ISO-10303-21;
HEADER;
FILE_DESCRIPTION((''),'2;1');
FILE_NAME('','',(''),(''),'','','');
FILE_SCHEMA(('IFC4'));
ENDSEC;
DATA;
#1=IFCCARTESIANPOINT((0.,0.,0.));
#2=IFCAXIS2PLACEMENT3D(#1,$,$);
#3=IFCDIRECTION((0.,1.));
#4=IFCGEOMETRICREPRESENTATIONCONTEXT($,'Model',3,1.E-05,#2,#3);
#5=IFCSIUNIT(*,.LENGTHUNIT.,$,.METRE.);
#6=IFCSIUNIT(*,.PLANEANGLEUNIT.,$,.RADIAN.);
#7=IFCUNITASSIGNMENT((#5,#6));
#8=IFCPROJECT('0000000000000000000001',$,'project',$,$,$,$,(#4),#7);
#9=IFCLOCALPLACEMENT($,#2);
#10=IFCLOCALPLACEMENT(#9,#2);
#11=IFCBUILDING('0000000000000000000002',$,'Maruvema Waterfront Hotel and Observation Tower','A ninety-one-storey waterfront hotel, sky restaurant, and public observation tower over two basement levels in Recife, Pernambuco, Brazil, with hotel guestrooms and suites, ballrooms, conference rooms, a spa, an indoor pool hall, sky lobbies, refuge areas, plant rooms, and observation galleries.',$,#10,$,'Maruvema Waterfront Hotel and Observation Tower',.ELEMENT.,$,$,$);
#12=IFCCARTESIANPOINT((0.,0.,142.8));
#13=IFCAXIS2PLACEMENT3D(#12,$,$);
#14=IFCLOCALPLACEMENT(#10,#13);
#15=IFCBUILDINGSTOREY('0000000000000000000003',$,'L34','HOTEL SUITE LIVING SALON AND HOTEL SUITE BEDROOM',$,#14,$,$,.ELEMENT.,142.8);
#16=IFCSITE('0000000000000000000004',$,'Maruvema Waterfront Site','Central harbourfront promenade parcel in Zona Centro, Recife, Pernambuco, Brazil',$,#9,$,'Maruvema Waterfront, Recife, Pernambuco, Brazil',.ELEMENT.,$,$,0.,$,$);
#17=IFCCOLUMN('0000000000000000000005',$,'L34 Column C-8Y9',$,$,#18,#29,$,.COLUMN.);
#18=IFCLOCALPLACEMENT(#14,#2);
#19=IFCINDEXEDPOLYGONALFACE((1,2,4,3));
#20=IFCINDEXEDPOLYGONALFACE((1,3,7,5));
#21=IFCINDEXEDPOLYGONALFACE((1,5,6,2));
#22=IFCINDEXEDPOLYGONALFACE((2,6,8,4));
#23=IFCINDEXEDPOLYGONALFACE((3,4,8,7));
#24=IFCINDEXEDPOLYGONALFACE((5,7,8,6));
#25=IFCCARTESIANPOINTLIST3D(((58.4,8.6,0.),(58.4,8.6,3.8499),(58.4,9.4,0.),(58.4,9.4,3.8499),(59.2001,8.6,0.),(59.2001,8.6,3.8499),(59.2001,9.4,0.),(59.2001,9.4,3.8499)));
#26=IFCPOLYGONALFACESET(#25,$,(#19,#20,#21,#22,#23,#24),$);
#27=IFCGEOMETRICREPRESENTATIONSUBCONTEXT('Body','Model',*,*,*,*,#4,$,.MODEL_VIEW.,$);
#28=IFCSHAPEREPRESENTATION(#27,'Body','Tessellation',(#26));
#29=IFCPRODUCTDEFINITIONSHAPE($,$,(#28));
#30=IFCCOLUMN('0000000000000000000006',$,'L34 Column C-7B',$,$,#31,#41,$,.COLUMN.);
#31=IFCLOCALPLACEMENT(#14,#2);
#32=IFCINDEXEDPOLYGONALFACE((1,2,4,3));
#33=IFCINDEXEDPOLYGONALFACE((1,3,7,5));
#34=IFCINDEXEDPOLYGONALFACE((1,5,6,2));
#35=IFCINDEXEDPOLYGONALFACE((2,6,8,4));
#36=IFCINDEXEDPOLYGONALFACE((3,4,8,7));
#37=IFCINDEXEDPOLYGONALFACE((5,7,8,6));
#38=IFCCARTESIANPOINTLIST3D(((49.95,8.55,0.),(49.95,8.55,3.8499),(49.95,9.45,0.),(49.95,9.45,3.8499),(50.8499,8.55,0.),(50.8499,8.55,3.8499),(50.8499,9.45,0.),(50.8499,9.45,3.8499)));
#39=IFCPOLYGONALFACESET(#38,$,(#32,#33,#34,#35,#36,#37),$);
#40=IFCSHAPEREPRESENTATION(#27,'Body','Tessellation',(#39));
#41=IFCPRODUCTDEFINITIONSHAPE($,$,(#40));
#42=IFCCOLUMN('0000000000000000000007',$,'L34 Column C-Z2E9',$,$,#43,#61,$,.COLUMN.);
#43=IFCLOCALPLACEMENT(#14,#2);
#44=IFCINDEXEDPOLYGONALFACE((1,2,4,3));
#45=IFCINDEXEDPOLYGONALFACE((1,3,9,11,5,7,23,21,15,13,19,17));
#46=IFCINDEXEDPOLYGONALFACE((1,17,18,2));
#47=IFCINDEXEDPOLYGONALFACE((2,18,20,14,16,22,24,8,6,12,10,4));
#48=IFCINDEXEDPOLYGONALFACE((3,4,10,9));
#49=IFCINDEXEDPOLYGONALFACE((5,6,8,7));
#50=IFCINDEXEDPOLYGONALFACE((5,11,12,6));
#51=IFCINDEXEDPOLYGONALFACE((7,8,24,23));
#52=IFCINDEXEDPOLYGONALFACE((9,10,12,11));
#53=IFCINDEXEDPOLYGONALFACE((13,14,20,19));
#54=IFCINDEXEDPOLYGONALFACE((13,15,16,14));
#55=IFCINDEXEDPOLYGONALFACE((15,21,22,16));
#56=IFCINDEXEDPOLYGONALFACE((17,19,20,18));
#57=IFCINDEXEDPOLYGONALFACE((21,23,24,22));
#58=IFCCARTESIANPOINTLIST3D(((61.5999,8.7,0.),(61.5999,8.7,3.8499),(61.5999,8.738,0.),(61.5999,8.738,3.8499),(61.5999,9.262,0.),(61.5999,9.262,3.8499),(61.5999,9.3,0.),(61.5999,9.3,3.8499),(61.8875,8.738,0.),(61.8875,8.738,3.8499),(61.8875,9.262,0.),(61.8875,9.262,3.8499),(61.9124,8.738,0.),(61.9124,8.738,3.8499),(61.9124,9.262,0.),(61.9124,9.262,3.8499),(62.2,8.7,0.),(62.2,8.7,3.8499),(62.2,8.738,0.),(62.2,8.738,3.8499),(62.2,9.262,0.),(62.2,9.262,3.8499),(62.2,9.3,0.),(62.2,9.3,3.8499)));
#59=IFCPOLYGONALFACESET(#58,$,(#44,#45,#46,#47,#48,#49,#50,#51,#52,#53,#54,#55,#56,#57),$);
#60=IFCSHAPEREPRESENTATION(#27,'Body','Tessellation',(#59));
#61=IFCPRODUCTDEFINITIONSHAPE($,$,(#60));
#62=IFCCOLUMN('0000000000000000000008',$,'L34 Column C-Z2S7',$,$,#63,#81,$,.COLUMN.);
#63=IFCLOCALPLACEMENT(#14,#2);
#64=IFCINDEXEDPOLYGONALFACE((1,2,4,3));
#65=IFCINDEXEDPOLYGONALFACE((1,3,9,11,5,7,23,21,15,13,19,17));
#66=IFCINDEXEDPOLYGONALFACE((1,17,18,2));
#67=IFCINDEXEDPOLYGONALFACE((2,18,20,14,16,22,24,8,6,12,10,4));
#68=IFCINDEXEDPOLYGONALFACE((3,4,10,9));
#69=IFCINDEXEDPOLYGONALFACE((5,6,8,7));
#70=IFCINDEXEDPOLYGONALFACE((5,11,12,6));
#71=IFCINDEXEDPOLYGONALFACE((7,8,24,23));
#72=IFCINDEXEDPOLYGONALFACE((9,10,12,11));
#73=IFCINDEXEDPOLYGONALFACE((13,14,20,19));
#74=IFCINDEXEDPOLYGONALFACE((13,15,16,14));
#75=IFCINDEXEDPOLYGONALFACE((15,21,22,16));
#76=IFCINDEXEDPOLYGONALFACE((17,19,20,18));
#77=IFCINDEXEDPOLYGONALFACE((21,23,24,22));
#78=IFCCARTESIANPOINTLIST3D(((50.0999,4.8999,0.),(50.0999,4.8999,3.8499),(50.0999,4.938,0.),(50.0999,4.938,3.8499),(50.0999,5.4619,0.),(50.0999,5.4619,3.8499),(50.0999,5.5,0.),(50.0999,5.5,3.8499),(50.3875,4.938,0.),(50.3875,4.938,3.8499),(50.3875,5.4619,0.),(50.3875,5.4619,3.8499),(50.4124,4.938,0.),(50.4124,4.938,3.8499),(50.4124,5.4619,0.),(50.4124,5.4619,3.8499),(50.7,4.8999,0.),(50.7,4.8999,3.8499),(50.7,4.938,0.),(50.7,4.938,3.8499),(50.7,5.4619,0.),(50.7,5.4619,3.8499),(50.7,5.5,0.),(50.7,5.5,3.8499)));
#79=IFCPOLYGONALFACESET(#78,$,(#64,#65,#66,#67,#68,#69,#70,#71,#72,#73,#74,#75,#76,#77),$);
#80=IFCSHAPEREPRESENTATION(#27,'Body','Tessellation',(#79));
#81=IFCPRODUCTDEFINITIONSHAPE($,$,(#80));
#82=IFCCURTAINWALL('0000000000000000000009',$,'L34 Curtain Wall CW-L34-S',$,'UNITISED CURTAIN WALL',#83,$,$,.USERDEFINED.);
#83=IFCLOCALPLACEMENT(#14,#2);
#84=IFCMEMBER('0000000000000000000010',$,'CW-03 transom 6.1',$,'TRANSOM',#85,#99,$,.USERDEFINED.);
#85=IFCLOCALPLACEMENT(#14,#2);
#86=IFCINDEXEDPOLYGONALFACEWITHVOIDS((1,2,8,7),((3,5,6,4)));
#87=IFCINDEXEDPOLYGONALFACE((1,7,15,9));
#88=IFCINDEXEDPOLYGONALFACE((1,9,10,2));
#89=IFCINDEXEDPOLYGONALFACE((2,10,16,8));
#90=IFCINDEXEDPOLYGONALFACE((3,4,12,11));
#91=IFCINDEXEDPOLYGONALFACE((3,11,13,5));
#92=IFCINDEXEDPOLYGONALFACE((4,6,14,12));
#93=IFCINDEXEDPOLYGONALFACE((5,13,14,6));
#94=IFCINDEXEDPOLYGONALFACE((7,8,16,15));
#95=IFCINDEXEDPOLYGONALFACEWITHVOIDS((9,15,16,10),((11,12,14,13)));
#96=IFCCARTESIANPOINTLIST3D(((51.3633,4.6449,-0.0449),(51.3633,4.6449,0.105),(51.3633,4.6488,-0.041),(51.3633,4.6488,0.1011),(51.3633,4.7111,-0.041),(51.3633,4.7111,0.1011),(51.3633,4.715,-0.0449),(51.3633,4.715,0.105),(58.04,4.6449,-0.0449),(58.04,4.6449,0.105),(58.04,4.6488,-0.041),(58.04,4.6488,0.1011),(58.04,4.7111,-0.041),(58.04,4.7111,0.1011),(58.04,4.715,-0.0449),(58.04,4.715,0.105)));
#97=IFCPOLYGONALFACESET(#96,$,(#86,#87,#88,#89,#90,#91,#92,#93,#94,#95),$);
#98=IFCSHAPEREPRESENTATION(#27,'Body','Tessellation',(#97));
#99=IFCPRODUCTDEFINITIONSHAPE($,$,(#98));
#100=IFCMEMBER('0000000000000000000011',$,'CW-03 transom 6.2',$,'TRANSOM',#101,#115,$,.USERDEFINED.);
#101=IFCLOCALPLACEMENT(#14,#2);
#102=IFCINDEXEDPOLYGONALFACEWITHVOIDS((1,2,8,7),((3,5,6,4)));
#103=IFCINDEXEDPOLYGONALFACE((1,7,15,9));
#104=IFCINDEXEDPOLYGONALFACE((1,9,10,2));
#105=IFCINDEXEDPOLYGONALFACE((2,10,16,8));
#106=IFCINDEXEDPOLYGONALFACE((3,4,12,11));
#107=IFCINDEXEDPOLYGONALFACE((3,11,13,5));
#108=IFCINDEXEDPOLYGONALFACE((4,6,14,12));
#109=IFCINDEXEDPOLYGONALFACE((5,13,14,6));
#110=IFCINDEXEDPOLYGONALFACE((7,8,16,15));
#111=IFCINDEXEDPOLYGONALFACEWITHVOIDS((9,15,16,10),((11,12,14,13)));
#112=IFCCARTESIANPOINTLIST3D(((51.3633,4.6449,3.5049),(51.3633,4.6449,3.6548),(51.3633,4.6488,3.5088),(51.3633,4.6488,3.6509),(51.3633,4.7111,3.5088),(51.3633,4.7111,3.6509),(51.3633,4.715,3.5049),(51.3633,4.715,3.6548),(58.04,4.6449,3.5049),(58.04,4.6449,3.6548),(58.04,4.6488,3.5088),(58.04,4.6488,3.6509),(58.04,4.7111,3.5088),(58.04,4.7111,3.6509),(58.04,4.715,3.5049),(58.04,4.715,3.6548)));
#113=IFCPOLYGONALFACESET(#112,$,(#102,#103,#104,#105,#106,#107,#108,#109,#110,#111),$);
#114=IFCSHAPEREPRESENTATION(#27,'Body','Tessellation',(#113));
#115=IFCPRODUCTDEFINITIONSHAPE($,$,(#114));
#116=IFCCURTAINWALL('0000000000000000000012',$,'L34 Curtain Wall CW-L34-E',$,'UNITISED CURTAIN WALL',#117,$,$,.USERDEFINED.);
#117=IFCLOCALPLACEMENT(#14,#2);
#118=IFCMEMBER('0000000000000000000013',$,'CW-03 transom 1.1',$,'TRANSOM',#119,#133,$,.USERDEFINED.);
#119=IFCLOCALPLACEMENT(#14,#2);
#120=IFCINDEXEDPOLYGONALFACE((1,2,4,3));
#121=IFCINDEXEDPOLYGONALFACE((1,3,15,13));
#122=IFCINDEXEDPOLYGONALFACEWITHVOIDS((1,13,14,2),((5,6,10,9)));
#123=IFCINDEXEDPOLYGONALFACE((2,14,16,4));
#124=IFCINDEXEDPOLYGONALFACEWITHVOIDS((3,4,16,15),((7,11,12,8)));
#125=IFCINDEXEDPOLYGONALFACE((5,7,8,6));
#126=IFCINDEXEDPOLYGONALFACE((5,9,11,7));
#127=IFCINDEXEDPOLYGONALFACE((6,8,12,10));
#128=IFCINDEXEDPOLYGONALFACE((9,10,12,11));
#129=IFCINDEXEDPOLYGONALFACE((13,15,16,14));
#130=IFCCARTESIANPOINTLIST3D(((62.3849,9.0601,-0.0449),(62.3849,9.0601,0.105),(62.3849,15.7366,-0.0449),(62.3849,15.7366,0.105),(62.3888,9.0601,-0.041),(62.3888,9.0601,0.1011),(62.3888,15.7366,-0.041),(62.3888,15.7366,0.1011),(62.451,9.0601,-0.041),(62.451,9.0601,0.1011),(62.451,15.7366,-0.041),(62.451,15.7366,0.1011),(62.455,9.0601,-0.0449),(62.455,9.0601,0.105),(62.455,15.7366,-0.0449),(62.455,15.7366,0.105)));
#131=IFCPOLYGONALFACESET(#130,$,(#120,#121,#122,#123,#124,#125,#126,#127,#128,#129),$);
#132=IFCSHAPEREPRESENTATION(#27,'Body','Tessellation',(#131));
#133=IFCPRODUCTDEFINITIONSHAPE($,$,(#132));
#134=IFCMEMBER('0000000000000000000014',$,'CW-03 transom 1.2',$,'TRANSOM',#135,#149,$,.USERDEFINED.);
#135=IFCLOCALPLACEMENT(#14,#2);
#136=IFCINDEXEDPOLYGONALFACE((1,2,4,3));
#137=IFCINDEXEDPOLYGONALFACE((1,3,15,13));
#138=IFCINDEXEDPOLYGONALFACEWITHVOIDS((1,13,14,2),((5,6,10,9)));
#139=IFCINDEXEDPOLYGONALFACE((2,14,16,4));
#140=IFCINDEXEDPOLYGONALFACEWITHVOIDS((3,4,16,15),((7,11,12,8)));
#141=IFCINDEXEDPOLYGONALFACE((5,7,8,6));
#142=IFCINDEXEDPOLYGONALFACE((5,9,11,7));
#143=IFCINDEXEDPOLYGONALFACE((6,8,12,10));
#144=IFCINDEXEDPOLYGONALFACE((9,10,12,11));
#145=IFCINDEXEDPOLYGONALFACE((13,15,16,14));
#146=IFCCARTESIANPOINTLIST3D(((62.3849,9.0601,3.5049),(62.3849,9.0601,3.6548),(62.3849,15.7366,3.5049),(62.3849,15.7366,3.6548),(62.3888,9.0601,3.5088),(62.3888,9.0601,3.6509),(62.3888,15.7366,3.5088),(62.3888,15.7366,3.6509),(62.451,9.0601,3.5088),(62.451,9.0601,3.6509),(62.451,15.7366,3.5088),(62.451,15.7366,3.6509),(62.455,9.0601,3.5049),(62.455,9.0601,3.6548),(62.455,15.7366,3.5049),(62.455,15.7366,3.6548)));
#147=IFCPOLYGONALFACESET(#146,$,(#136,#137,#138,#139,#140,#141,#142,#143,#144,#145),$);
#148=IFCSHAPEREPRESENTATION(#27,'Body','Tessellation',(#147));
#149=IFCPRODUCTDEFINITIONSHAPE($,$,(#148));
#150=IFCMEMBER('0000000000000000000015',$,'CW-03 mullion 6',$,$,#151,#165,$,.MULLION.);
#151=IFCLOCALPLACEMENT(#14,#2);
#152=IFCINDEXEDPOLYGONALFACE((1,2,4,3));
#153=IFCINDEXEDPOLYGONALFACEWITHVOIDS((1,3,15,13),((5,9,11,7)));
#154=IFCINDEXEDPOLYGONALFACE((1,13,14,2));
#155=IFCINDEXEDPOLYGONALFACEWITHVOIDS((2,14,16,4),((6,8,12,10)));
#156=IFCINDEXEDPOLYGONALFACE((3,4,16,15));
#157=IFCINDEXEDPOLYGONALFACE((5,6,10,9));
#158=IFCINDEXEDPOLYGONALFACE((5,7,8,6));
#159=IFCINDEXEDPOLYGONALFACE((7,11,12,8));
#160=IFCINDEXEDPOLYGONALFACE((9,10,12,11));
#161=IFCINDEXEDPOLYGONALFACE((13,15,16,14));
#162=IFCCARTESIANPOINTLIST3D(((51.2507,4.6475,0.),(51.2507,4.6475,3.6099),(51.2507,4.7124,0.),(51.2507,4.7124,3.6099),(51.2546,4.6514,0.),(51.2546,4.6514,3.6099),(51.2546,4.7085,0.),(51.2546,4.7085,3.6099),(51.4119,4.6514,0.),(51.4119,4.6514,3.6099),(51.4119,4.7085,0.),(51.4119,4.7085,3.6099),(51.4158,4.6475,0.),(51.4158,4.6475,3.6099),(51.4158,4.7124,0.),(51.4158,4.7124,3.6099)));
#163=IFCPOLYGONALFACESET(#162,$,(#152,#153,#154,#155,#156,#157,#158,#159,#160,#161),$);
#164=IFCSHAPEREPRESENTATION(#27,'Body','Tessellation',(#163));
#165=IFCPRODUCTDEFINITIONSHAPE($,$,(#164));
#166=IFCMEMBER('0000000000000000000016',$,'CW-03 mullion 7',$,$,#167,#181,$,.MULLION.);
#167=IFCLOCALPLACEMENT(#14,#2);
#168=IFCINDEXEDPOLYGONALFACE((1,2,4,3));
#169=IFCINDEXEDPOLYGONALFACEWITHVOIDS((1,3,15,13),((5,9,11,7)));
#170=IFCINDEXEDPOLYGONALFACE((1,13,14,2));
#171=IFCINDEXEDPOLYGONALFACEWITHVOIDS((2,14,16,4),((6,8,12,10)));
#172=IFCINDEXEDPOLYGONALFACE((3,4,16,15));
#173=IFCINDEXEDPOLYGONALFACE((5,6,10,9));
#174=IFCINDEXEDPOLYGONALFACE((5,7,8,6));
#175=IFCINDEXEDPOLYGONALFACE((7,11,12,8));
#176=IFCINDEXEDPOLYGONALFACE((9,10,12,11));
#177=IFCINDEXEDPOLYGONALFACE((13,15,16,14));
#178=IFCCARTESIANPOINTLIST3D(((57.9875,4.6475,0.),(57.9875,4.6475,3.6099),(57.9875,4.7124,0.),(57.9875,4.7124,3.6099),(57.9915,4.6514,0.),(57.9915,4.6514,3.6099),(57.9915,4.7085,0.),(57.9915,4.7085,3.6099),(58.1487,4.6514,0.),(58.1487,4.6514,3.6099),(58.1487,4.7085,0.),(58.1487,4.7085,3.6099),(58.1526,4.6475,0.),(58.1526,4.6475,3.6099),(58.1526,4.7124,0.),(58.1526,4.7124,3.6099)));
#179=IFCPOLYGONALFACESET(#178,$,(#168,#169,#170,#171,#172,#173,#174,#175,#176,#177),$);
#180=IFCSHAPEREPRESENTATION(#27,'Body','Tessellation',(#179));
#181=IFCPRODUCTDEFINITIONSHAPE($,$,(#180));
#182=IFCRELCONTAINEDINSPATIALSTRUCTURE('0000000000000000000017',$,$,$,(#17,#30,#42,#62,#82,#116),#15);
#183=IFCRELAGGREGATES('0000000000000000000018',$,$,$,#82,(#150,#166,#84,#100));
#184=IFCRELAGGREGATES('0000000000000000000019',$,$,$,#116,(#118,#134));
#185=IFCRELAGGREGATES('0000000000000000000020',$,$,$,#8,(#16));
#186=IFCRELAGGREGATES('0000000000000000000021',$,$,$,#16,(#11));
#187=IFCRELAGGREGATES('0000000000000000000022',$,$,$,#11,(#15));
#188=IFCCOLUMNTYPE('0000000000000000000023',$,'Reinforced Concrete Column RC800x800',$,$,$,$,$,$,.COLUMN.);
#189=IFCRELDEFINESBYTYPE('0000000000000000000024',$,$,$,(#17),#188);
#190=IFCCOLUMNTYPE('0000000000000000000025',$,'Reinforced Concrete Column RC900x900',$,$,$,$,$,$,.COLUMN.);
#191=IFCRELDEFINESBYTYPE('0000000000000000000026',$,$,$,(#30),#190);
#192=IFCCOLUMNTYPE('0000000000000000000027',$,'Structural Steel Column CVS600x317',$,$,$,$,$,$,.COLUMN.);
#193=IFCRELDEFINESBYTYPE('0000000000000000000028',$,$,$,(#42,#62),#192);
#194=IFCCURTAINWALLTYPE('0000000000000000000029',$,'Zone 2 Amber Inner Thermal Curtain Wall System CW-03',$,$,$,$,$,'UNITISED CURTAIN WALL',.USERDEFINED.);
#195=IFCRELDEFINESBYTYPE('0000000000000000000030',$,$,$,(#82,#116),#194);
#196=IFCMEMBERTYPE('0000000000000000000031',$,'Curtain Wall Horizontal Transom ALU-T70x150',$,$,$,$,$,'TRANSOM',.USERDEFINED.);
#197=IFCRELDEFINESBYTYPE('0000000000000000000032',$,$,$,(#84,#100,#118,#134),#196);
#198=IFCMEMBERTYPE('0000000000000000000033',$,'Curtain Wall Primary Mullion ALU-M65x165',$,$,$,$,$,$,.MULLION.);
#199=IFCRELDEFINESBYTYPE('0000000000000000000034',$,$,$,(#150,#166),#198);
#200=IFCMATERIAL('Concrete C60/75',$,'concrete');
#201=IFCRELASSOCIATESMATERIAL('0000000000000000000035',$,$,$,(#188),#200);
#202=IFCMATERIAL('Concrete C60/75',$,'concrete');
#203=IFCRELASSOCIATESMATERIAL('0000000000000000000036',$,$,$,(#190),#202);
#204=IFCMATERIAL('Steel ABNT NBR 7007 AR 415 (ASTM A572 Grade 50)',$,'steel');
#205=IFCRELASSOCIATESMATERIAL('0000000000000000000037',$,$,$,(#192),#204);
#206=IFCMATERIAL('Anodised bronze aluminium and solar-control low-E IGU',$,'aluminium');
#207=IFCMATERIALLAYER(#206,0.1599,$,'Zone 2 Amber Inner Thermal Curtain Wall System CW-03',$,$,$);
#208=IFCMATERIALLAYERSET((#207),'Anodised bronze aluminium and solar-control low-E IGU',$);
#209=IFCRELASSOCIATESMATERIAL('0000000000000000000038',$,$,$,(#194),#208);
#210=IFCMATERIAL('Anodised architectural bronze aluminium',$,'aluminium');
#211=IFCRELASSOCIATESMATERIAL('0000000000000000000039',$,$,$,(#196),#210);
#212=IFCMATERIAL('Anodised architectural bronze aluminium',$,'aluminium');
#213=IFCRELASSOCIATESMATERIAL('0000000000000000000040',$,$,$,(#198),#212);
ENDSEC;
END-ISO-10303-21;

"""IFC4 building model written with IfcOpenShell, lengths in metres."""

from ifc_helpers import new_model, si_unit, direction, frame, origin, origin_2d, place, context, subcontext, project, spatial, rectangle, hollow_rectangle, i_section, extrude, material, layer, layer_set, material_profile, profile_set, type_object, element, aggregate, save


model = new_model("IFC4")

# Units and contexts
model_context = context("Model", 3, precision=1e-05, world=origin(), true_north=direction((0.0, 1.0)))
body_context = subcontext(model_context, "Body", "Model", "MODEL_VIEW")
ifc_project = project(units=[si_unit("LENGTHUNIT", "METRE"), si_unit("PLANEANGLEUNIT", "RADIAN")], contexts=[model_context])

# Site, building, storey
site_placement = place(None, origin())
site = spatial("IfcSite", under=ifc_project, at=site_placement, Name="Maruvema Waterfront Site", Description="Central harbourfront promenade parcel in Zona Centro, Recife, Pernambuco, Brazil", LongName="Maruvema Waterfront, Recife, Pernambuco, Brazil", CompositionType="ELEMENT", RefElevation=0.0)
building_placement = place(site_placement, origin())
building = spatial("IfcBuilding", under=site, at=building_placement, Name="Maruvema Waterfront Hotel and Observation Tower", Description="A ninety-one-storey waterfront hotel, sky restaurant, and public observation tower over two basement levels in Recife, Pernambuco, Brazil, with hotel guestrooms and suites, ballrooms, conference rooms, a spa, an indoor pool hall, sky lobbies, refuge areas, plant rooms, and observation galleries.", LongName="Maruvema Waterfront Hotel and Observation Tower", CompositionType="ELEMENT")
storey_placement = place(building_placement, frame((0.0, 0.0, 142.8)))
storey = spatial("IfcBuildingStorey", under=building, at=storey_placement, Name="L34", Description="HOTEL SUITE LIVING SALON AND HOTEL SUITE BEDROOM", CompositionType="ELEMENT", Elevation=142.8)

# Columns
ifc_material_1 = material(Name="Concrete C60/75", Category="concrete")
ifc_material_profile_1 = material_profile(ifc_material_1, rectangle(XDim=0.8, YDim=0.8, at=origin_2d()), Name="RC800x800")
ifc_profile_set_1 = profile_set([ifc_material_profile_1], Name="Concrete C60/75")
column_type_1 = type_object("IfcColumnType", Name="Reinforced Concrete Column RC800x800", PredefinedType="COLUMN", material=ifc_profile_set_1)
column_1_placement = place(storey_placement, frame((58.8, 9.0, 0.0), z_axis=(0.0, 0.0, 1.0), x_axis=(1.0, 0.0, 0.0)))
element("IfcColumn", 1, at=column_1_placement, inside=storey, type_object=column_type_1, Name="L34 Column C-8Y9", PredefinedType="COLUMN", context=body_context, shape_type="SweptSolid", body=[
    extrude(rectangle(XDim=0.8, YDim=0.8, at=origin_2d()), origin(), (0.0, 0.0, 1.0), 3.8499),
])
ifc_material_2 = material(Name="Concrete C60/75", Category="concrete")
ifc_material_profile_2 = material_profile(ifc_material_2, rectangle(XDim=0.8999, YDim=0.8999, at=origin_2d()), Name="RC900x900")
ifc_profile_set_2 = profile_set([ifc_material_profile_2], Name="Concrete C60/75")
column_type_2 = type_object("IfcColumnType", Name="Reinforced Concrete Column RC900x900", PredefinedType="COLUMN", material=ifc_profile_set_2)
column_2_placement = place(storey_placement, frame((50.3999, 9.0, 0.0), z_axis=(0.0, 0.0, 1.0), x_axis=(1.0, 0.0, 0.0)))
element("IfcColumn", 2, at=column_2_placement, inside=storey, type_object=column_type_2, Name="L34 Column C-7B", PredefinedType="COLUMN", context=body_context, shape_type="SweptSolid", body=[
    extrude(rectangle(XDim=0.8999, YDim=0.8999, at=origin_2d()), origin(), (0.0, 0.0, 1.0), 3.8499),
])
ifc_material_3 = material(Name="Steel ABNT NBR 7007 AR 415 (ASTM A572 Grade 50)", Category="steel")
ifc_material_profile_3 = material_profile(ifc_material_3, i_section(OverallWidth=0.6001, OverallDepth=0.6001, WebThickness=0.0249, FlangeThickness=0.0381, at=origin_2d()), Name="CVS600x317")
ifc_profile_set_3 = profile_set([ifc_material_profile_3], Name="Steel ABNT NBR 7007 AR 415 (ASTM A572 Grade 50)")
column_type_3 = type_object("IfcColumnType", Name="Structural Steel Column CVS600x317", PredefinedType="COLUMN", material=ifc_profile_set_3)
for number, where, z_axis, x_axis, name in (
    (3, (61.8999, 9.0, 0.0), (0.0, 0.0, 1.0), (1.0, 0.0, 0.0), "L34 Column C-Z2E9"),
    (4, (50.3999, 5.2, 0.0), (0.0, 0.0, 1.0), (1.0, 0.0, 0.0), "L34 Column C-Z2S7"),
):
    element("IfcColumn", number, at=place(storey_placement, frame(where, z_axis=z_axis, x_axis=x_axis)), inside=storey, type_object=column_type_3, Name=name, PredefinedType="COLUMN", context=body_context, shape_type="SweptSolid", body=[
        extrude(i_section(OverallWidth=0.6001, OverallDepth=0.6001, WebThickness=0.0249, FlangeThickness=0.0381, at=origin_2d()), origin(), (0.0, 0.0, 1.0), 3.8499),
    ])

# Curtain walls, members
ifc_material_4 = material(Name="Anodised bronze aluminium and solar-control low-E IGU", Category="aluminium")
ifc_layer_1 = layer(ifc_material_4, 0.1599, Name="Zone 2 Amber Inner Thermal Curtain Wall System CW-03")
ifc_layer_set_1 = layer_set([ifc_layer_1], Name="Anodised bronze aluminium and solar-control low-E IGU")
curtain_wall_type = type_object("IfcCurtainWallType", Name="Zone 2 Amber Inner Thermal Curtain Wall System CW-03", ElementType="UNITISED CURTAIN WALL", PredefinedType="USERDEFINED", material=ifc_layer_set_1)
curtain_wall_1_placement = place(storey_placement, origin())
curtain_wall_1 = element("IfcCurtainWall", 5, at=curtain_wall_1_placement, inside=storey, type_object=curtain_wall_type, Name="L34 Curtain Wall CW-L34-S", ObjectType="UNITISED CURTAIN WALL", PredefinedType="USERDEFINED")
ifc_material_5 = material(Name="Anodised architectural bronze aluminium", Category="aluminium")
ifc_material_profile_4 = material_profile(ifc_material_5, hollow_rectangle(XDim=0.0701, YDim=0.1499, WallThickness=0.0039, at=origin_2d()), Name="ALU-T70x150")
ifc_profile_set_4 = profile_set([ifc_material_profile_4], Name="Anodised architectural bronze aluminium")
member_type_1 = type_object("IfcMemberType", Name="Curtain Wall Horizontal Transom ALU-T70x150", ElementType="TRANSOM", PredefinedType="USERDEFINED", material=ifc_profile_set_4)
member_1_placement = place(storey_placement, frame((51.3633, 4.6799, 0.03), z_axis=(1.0, 0.0, 0.0), x_axis=(0.0, 1.0, 0.0)))
member_1 = element("IfcMember", 6, at=member_1_placement, type_object=member_type_1, Name="CW-03 transom 6.1", ObjectType="TRANSOM", PredefinedType="USERDEFINED", context=body_context, shape_type="SweptSolid", body=[
    extrude(hollow_rectangle(XDim=0.0701, YDim=0.1499, WallThickness=0.0039, at=origin_2d()), origin(), (0.0, 0.0, 1.0), 6.6768),
])
member_2_placement = place(storey_placement, frame((51.3633, 4.6799, 3.5798), z_axis=(1.0, 0.0, 0.0), x_axis=(0.0, 1.0, 0.0)))
member_2 = element("IfcMember", 7, at=member_2_placement, type_object=member_type_1, Name="CW-03 transom 6.2", ObjectType="TRANSOM", PredefinedType="USERDEFINED", context=body_context, shape_type="SweptSolid", body=[
    extrude(hollow_rectangle(XDim=0.0701, YDim=0.1499, WallThickness=0.0039, at=origin_2d()), origin(), (0.0, 0.0, 1.0), 6.6768),
])
curtain_wall_2_placement = place(storey_placement, origin())
curtain_wall_2 = element("IfcCurtainWall", 8, at=curtain_wall_2_placement, inside=storey, type_object=curtain_wall_type, Name="L34 Curtain Wall CW-L34-E", ObjectType="UNITISED CURTAIN WALL", PredefinedType="USERDEFINED")
member_3_placement = place(storey_placement, frame((62.4199, 9.0601, 0.03), z_axis=(0.0, 1.0, 0.0), x_axis=(-1.0, 0.0, 0.0)))
member_3 = element("IfcMember", 9, at=member_3_placement, type_object=member_type_1, Name="CW-03 transom 1.1", ObjectType="TRANSOM", PredefinedType="USERDEFINED", context=body_context, shape_type="SweptSolid", body=[
    extrude(hollow_rectangle(XDim=0.0701, YDim=0.1499, WallThickness=0.0039, at=origin_2d()), origin(), (0.0, 0.0, 1.0), 6.6765),
])
member_4_placement = place(storey_placement, frame((62.4199, 9.0601, 3.5798), z_axis=(0.0, 1.0, 0.0), x_axis=(-1.0, 0.0, 0.0)))
member_4 = element("IfcMember", 10, at=member_4_placement, type_object=member_type_1, Name="CW-03 transom 1.2", ObjectType="TRANSOM", PredefinedType="USERDEFINED", context=body_context, shape_type="SweptSolid", body=[
    extrude(hollow_rectangle(XDim=0.0701, YDim=0.1499, WallThickness=0.0039, at=origin_2d()), origin(), (0.0, 0.0, 1.0), 6.6765),
])

# Members
ifc_material_6 = material(Name="Anodised architectural bronze aluminium", Category="aluminium")
ifc_material_profile_5 = material_profile(ifc_material_6, hollow_rectangle(XDim=0.0649, YDim=0.165, WallThickness=0.0039, at=origin_2d()), Name="ALU-M65x165")
ifc_profile_set_5 = profile_set([ifc_material_profile_5], Name="Anodised architectural bronze aluminium")
member_type_2 = type_object("IfcMemberType", Name="Curtain Wall Primary Mullion ALU-M65x165", PredefinedType="MULLION", material=ifc_profile_set_5)
member_5_placement = place(storey_placement, frame((51.3333, 4.6799, 0.0), z_axis=(0.0, 0.0, 1.0), x_axis=(0.0, 1.0, 0.0)))
member_5 = element("IfcMember", 11, at=member_5_placement, type_object=member_type_2, Name="CW-03 mullion 6", PredefinedType="MULLION", context=body_context, shape_type="SweptSolid", body=[
    extrude(hollow_rectangle(XDim=0.0649, YDim=0.165, WallThickness=0.0039, at=origin_2d()), origin(), (0.0, 0.0, 1.0), 3.6099),
])
member_6_placement = place(storey_placement, frame((58.0701, 4.6799, 0.0), z_axis=(0.0, 0.0, 1.0), x_axis=(0.0, 1.0, 0.0)))
member_6 = element("IfcMember", 12, at=member_6_placement, type_object=member_type_2, Name="CW-03 mullion 7", PredefinedType="MULLION", context=body_context, shape_type="SweptSolid", body=[
    extrude(hollow_rectangle(XDim=0.0649, YDim=0.165, WallThickness=0.0039, at=origin_2d()), origin(), (0.0, 0.0, 1.0), 3.6099),
])

aggregate(curtain_wall_1, [member_5, member_6, member_1, member_2])
aggregate(curtain_wall_2, [member_3, member_4])

save(model, "model.ifc")
